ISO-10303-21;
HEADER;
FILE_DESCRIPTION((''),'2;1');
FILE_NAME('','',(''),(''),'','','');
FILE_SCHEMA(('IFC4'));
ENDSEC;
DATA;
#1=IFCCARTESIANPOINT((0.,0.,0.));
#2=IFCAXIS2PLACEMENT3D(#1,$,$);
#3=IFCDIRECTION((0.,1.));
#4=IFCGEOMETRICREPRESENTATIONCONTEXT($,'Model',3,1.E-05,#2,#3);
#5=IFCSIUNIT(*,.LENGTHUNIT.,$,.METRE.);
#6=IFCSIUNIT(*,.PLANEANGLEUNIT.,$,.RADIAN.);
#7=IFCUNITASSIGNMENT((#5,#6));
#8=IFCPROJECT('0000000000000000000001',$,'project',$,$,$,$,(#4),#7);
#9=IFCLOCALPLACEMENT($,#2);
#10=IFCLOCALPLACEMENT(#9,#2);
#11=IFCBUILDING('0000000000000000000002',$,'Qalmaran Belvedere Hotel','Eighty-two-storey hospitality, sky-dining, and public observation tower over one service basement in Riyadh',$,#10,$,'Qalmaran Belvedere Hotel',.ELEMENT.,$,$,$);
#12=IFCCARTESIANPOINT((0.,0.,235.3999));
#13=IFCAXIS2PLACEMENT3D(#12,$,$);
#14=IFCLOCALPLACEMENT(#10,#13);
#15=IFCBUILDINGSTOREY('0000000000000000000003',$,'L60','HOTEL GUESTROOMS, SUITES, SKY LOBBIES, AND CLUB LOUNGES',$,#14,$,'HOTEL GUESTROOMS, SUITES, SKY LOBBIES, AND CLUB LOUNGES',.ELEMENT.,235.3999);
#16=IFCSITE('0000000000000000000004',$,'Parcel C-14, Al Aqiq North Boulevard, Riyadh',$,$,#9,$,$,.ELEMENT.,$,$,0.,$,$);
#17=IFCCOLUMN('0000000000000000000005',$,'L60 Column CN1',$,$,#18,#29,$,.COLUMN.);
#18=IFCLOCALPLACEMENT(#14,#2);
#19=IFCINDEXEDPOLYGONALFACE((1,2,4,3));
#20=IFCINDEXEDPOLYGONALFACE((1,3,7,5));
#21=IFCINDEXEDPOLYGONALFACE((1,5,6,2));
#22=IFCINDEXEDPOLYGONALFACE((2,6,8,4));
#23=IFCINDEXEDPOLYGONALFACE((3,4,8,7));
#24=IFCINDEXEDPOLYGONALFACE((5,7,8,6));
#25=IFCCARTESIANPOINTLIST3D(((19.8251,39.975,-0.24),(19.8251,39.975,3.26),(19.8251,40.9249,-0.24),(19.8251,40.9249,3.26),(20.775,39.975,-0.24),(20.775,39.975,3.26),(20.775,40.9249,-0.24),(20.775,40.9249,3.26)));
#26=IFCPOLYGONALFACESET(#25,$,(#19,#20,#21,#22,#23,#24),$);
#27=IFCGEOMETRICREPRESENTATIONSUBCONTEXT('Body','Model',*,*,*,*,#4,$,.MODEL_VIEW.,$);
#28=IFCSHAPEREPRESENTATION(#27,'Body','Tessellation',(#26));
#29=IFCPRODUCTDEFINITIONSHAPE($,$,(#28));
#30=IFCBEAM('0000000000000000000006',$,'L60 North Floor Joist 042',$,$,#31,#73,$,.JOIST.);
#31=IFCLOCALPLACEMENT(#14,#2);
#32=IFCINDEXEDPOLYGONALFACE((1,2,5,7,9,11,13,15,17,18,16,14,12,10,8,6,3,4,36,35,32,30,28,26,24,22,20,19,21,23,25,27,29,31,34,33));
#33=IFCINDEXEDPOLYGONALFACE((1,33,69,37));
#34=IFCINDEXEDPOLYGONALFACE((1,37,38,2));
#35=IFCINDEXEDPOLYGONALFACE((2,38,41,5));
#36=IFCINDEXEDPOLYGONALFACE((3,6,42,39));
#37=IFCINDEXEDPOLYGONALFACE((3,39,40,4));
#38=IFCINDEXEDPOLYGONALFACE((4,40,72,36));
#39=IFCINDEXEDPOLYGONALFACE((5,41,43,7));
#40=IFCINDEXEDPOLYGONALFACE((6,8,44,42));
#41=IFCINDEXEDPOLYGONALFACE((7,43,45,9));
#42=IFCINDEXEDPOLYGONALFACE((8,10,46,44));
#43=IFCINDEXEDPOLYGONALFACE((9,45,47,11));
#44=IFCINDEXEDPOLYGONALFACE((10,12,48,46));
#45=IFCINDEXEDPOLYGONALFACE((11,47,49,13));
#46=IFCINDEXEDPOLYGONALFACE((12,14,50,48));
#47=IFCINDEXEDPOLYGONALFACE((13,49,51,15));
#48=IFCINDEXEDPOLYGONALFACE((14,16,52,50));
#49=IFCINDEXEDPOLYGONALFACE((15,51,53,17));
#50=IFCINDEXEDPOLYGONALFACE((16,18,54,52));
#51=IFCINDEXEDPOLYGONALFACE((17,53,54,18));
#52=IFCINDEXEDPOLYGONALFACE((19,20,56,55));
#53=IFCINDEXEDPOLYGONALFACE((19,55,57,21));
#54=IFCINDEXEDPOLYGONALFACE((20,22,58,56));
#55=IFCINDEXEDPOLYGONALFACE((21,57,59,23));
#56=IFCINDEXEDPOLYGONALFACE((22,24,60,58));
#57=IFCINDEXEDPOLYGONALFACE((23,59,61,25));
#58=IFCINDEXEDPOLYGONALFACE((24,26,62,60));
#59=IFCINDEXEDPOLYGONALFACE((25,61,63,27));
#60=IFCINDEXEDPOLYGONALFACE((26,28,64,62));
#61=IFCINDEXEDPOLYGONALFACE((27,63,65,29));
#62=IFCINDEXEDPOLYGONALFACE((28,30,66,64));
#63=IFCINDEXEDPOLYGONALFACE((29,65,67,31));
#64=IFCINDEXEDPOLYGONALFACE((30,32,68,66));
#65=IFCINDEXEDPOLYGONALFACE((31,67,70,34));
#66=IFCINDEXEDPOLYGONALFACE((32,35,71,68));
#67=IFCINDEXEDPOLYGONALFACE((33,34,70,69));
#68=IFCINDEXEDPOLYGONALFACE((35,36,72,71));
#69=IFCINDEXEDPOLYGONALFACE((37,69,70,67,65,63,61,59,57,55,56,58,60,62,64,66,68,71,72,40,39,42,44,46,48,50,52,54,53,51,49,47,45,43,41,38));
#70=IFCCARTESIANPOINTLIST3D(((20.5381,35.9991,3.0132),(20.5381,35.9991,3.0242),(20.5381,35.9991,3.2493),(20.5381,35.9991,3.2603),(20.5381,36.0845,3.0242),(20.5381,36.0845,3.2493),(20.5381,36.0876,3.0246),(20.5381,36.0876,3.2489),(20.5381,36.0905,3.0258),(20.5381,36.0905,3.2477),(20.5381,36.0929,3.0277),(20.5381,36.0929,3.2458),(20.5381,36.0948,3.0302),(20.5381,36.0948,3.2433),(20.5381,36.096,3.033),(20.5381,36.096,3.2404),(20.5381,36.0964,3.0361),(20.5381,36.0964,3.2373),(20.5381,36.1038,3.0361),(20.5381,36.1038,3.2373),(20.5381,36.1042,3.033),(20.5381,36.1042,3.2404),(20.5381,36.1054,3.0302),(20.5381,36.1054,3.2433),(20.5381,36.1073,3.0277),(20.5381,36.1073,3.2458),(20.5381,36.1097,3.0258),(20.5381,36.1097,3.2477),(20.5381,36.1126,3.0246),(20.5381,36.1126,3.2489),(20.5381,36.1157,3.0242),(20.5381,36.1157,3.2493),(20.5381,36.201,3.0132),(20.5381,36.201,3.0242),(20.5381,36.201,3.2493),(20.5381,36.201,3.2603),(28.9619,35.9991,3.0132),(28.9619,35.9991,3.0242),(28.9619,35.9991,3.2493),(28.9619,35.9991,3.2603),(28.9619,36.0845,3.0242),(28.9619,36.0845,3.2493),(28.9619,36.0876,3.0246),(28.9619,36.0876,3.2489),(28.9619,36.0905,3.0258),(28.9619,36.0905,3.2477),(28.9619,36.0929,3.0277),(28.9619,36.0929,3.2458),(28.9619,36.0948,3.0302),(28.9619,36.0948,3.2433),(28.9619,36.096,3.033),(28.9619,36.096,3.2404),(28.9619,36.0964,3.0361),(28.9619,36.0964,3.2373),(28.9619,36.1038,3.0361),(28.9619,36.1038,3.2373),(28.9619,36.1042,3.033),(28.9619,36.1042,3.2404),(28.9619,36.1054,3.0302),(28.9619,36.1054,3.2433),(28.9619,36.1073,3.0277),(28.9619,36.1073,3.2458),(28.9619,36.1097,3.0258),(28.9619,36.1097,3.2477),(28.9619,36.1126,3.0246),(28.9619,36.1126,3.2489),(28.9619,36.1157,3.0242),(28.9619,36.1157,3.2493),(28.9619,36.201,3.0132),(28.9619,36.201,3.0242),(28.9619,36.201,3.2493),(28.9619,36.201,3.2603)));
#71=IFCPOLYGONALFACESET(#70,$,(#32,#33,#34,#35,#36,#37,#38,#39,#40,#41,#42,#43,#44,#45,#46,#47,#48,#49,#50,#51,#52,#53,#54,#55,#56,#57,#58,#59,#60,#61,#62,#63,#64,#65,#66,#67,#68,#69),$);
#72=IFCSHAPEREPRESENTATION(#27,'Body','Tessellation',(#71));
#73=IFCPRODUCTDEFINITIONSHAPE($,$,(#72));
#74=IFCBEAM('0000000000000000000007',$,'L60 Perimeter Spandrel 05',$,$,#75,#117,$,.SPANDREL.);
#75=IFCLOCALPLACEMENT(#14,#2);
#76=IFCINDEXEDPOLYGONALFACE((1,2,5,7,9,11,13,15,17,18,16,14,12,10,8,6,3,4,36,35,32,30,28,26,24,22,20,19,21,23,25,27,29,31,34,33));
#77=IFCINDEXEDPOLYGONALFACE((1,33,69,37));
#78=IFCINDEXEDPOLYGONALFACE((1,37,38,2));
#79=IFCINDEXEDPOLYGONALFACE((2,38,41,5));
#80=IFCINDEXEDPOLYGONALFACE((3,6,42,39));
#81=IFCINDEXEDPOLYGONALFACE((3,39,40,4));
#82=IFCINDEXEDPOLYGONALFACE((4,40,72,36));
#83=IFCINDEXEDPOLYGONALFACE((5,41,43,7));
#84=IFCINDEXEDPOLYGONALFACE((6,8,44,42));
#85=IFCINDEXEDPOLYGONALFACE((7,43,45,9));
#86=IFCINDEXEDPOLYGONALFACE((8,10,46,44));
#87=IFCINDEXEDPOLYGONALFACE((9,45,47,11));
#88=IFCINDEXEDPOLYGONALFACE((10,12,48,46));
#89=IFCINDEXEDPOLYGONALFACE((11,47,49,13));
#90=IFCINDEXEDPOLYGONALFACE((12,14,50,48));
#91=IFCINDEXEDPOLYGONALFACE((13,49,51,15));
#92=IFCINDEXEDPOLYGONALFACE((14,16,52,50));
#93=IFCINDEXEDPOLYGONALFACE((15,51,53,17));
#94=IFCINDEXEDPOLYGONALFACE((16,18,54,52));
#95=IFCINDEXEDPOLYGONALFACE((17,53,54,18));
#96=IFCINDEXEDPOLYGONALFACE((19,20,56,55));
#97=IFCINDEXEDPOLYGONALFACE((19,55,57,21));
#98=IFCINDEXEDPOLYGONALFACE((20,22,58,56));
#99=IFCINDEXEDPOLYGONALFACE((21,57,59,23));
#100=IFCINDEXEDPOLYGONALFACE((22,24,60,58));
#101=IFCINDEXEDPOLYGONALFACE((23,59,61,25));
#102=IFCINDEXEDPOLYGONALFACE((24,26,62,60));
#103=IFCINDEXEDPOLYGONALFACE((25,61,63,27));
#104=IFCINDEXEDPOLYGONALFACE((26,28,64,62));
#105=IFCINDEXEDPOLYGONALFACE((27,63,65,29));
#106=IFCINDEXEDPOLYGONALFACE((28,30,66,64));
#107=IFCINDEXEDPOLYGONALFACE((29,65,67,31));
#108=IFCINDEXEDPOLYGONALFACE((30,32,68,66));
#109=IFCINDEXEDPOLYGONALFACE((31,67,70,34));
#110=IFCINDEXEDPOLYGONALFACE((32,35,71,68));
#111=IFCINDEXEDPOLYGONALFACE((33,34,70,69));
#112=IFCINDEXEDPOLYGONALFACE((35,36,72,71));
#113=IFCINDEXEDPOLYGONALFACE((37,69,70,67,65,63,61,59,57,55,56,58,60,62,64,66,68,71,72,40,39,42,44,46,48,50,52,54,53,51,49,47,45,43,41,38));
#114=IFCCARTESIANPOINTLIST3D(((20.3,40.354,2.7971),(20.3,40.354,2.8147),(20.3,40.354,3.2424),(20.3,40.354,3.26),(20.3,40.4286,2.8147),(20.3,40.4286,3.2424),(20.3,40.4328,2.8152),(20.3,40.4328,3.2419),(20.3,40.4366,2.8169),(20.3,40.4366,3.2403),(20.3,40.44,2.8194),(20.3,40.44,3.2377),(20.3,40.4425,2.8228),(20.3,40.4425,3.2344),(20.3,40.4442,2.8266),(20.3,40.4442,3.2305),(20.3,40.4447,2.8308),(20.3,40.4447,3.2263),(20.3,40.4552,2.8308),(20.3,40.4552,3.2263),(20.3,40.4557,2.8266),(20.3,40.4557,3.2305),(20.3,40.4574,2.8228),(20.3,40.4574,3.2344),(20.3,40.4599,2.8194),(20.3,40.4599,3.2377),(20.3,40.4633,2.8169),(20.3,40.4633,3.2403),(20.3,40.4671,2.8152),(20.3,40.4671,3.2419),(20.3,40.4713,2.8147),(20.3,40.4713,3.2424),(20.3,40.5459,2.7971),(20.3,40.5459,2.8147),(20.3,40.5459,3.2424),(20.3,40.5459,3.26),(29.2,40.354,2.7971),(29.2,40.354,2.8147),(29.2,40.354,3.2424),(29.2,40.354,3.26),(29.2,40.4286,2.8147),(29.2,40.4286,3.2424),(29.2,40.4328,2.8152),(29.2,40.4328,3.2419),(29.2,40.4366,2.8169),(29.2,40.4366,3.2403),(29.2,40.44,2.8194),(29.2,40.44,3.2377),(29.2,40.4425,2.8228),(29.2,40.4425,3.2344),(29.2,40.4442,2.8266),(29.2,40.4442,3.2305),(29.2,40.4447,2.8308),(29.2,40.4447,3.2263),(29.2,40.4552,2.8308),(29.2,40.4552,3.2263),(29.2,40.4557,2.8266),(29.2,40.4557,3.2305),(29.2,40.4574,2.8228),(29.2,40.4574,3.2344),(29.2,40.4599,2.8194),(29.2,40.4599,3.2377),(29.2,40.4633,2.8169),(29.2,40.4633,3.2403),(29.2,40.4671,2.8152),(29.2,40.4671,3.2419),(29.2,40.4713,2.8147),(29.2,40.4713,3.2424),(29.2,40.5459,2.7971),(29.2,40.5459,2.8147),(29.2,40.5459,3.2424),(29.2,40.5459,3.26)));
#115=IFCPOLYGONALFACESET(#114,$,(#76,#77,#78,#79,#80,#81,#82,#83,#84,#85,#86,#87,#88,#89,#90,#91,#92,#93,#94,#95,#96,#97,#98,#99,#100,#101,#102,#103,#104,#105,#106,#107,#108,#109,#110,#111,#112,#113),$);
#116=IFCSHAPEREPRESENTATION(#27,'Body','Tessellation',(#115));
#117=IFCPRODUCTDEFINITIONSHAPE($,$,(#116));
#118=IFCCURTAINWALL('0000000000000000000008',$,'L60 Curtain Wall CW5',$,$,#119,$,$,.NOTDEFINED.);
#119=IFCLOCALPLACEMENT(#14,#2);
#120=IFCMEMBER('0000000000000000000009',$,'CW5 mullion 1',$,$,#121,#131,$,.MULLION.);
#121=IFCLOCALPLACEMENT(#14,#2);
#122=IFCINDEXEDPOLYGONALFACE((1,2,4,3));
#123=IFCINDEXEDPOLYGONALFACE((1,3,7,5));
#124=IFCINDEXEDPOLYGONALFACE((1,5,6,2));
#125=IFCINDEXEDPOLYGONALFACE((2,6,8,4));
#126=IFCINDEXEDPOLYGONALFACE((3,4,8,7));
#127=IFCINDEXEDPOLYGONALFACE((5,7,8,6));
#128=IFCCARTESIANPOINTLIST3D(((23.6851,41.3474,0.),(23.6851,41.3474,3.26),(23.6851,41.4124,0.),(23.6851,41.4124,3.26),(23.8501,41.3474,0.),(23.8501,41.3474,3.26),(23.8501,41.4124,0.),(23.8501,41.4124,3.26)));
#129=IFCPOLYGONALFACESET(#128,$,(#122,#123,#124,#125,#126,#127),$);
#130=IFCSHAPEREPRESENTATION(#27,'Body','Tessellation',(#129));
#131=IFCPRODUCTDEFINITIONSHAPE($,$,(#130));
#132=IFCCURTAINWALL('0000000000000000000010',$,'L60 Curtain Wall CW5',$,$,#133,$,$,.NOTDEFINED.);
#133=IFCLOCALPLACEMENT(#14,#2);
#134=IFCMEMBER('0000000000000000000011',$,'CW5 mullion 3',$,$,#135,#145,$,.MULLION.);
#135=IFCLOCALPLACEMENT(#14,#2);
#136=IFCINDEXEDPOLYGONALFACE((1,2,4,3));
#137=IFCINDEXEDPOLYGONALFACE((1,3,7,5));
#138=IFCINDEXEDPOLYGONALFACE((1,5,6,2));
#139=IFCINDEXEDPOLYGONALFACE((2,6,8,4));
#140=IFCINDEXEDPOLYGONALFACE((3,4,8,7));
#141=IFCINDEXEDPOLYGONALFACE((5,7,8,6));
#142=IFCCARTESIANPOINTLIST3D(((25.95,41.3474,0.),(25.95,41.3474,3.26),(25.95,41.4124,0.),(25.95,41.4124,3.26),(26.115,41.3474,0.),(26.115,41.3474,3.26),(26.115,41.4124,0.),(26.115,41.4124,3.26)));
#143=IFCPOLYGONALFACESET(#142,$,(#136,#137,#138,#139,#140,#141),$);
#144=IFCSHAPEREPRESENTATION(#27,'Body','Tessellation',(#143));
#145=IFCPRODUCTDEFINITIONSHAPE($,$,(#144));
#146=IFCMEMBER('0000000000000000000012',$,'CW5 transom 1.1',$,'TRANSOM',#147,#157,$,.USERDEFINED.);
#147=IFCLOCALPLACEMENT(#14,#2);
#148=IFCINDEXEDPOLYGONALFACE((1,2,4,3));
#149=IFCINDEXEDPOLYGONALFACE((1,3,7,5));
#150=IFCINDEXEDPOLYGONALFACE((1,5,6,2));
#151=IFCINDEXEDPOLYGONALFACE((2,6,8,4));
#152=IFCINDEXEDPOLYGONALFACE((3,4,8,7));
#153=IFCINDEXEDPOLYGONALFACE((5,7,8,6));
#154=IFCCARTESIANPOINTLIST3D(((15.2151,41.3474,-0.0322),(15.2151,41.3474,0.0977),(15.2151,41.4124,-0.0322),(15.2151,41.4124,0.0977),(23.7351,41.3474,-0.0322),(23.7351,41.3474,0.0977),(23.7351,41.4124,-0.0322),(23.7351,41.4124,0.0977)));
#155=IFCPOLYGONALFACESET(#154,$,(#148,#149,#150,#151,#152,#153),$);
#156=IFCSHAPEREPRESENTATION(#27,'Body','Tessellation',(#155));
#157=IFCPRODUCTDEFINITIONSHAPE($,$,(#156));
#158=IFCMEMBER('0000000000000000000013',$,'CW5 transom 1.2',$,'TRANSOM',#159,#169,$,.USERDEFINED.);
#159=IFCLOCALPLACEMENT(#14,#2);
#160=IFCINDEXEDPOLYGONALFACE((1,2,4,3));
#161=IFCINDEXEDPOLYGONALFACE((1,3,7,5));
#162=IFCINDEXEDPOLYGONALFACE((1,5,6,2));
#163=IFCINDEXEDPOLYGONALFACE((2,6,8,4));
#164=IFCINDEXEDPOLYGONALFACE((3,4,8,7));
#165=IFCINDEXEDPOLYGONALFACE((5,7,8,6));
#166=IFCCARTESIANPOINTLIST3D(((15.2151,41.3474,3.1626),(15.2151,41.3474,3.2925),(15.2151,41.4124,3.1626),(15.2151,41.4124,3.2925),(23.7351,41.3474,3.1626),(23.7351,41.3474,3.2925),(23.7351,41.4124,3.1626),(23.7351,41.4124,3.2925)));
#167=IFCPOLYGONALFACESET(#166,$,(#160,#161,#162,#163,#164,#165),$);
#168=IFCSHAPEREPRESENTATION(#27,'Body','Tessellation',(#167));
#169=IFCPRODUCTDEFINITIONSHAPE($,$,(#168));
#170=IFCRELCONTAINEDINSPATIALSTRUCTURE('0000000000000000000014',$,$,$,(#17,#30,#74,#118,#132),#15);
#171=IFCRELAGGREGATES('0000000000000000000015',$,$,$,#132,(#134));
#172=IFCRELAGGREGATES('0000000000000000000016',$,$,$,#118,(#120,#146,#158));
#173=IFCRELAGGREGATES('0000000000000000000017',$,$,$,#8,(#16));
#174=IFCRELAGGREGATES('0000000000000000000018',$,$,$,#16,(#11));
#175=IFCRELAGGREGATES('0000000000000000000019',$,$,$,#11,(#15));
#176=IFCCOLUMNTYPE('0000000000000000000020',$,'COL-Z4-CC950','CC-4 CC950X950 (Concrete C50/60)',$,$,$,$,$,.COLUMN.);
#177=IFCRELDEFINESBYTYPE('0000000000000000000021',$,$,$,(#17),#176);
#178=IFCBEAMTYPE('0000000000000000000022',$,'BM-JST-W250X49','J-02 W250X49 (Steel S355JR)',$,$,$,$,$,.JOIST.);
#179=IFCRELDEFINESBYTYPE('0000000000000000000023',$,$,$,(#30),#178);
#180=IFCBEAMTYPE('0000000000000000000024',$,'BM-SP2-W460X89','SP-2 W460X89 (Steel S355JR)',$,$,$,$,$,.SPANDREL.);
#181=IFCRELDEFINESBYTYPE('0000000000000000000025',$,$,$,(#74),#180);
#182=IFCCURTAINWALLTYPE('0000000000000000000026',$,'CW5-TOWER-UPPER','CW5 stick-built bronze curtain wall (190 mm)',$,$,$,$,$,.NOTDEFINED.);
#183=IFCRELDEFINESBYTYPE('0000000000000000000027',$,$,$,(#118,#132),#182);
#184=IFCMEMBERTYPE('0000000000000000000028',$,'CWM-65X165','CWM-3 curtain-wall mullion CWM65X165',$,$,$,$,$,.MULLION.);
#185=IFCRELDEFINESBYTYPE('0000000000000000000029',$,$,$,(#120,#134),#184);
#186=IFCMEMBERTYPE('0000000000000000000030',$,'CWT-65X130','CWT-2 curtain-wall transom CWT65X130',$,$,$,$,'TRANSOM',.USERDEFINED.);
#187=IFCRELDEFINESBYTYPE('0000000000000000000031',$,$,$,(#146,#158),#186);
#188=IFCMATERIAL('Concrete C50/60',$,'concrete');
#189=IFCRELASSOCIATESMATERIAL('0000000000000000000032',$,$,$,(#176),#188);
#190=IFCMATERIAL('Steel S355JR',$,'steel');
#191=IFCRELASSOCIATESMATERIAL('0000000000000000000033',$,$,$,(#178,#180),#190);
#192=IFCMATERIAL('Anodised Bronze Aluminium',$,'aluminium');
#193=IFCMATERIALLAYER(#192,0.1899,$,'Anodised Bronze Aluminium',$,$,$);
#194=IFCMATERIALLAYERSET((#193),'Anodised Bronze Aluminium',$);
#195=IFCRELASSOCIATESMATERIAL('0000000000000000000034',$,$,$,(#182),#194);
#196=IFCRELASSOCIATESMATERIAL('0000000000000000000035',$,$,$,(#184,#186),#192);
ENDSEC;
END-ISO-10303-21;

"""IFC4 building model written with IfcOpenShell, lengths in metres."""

from ifc_helpers import new_model, si_unit, direction, frame, origin, origin_2d, place, context, subcontext, project, spatial, rectangle, i_section, extrude, material, layer, layer_set, material_profile, profile_set, type_object, element, aggregate, save


model = new_model("IFC4")

# Units and contexts
model_context = context("Model", 3, precision=1e-05, world=origin(), true_north=direction((0.0, 1.0)))
body_context = subcontext(model_context, "Body", "Model", "MODEL_VIEW")
ifc_project = project(units=[si_unit("LENGTHUNIT", "METRE"), si_unit("PLANEANGLEUNIT", "RADIAN")], contexts=[model_context])

# Site, building, storey
site_placement = place(None, origin())
site = spatial("IfcSite", under=ifc_project, at=site_placement, Name="Parcel C-14, Al Aqiq North Boulevard, Riyadh", CompositionType="ELEMENT", RefElevation=0.0)
building_placement = place(site_placement, origin())
building = spatial("IfcBuilding", under=site, at=building_placement, Name="Qalmaran Belvedere Hotel", Description="Eighty-two-storey hospitality, sky-dining, and public observation tower over one service basement in Riyadh", LongName="Qalmaran Belvedere Hotel", CompositionType="ELEMENT")
storey_placement = place(building_placement, frame((0.0, 0.0, 235.3999)))
storey = spatial("IfcBuildingStorey", under=building, at=storey_placement, Name="L60", Description="HOTEL GUESTROOMS, SUITES, SKY LOBBIES, AND CLUB LOUNGES", LongName="HOTEL GUESTROOMS, SUITES, SKY LOBBIES, AND CLUB LOUNGES", CompositionType="ELEMENT", Elevation=235.3999)

# Column
ifc_material_1 = material(Name="Concrete C50/60", Category="concrete")
ifc_material_profile_1 = material_profile(ifc_material_1, rectangle(XDim=0.95, YDim=0.95, at=origin_2d()), Name="CC950X950")
ifc_profile_set_1 = profile_set([ifc_material_profile_1], Name="Concrete C50/60")
column_type = type_object("IfcColumnType", Name="COL-Z4-CC950", Description="CC-4 CC950X950 (Concrete C50/60)", PredefinedType="COLUMN", material=ifc_profile_set_1)
column_placement = place(storey_placement, frame((20.3, 40.45, -0.24), z_axis=(0.0, 0.0, 1.0), x_axis=(1.0, 0.0, 0.0)))
element("IfcColumn", 1, at=column_placement, inside=storey, type_object=column_type, Name="L60 Column CN1", PredefinedType="COLUMN", context=body_context, shape_type="SweptSolid", body=[
    extrude(rectangle(XDim=0.95, YDim=0.95, at=origin_2d()), origin(), (0.0, 0.0, 1.0), 3.5),
])

# Beams
ifc_material_2 = material(Name="Steel S355JR", Category="steel")
ifc_material_profile_2 = material_profile(ifc_material_2, i_section(OverallWidth=0.2019, OverallDepth=0.2471, WebThickness=0.0073, FlangeThickness=0.011, FilletRadius=0.012, at=origin_2d()), Name="W250X49")
ifc_profile_set_2 = profile_set([ifc_material_profile_2], Name="Steel S355JR")
beam_type_1 = type_object("IfcBeamType", Name="BM-JST-W250X49", Description="J-02 W250X49 (Steel S355JR)", PredefinedType="JOIST", material=ifc_profile_set_2)
beam_1_placement = place(storey_placement, frame((20.5381, 36.1001, 3.1367), z_axis=(1.0, 0.0, 0.0), x_axis=(0.0, 1.0, 0.0)))
element("IfcBeam", 2, at=beam_1_placement, inside=storey, type_object=beam_type_1, Name="L60 North Floor Joist 042", PredefinedType="JOIST", context=body_context, shape_type="SweptSolid", body=[
    extrude(i_section(OverallWidth=0.2019, OverallDepth=0.2471, WebThickness=0.0073, FlangeThickness=0.011, FilletRadius=0.012, at=origin_2d()), origin(), (0.0, 0.0, 1.0), 8.4238),
])
ifc_material_profile_3 = material_profile(ifc_material_2, i_section(OverallWidth=0.1919, OverallDepth=0.4629, WebThickness=0.0105, FlangeThickness=0.0176, FilletRadius=0.0161, at=origin_2d()), Name="W460X89")
ifc_profile_set_3 = profile_set([ifc_material_profile_3], Name="Steel S355JR")
beam_type_2 = type_object("IfcBeamType", Name="BM-SP2-W460X89", Description="SP-2 W460X89 (Steel S355JR)", PredefinedType="SPANDREL", material=ifc_profile_set_3)
beam_2_placement = place(storey_placement, frame((20.3, 40.45, 3.0286), z_axis=(1.0, 0.0, 0.0), x_axis=(0.0, 1.0, 0.0)))
element("IfcBeam", 3, at=beam_2_placement, inside=storey, type_object=beam_type_2, Name="L60 Perimeter Spandrel 05", PredefinedType="SPANDREL", context=body_context, shape_type="SweptSolid", body=[
    extrude(i_section(OverallWidth=0.1919, OverallDepth=0.4629, WebThickness=0.0105, FlangeThickness=0.0176, FilletRadius=0.0161, at=origin_2d()), origin(), (0.0, 0.0, 1.0), 8.8999),
])

# Curtain walls, members
ifc_material_3 = material(Name="Anodised Bronze Aluminium", Category="aluminium")
ifc_layer_1 = layer(ifc_material_3, 0.1899, Name="Anodised Bronze Aluminium")
ifc_layer_set_1 = layer_set([ifc_layer_1], Name="Anodised Bronze Aluminium")
curtain_wall_type = type_object("IfcCurtainWallType", Name="CW5-TOWER-UPPER", Description="CW5 stick-built bronze curtain wall (190 mm)", PredefinedType="NOTDEFINED", material=ifc_layer_set_1)
curtain_wall_1_placement = place(storey_placement, origin())
curtain_wall_1 = element("IfcCurtainWall", 4, at=curtain_wall_1_placement, inside=storey, type_object=curtain_wall_type, Name="L60 Curtain Wall CW5", PredefinedType="NOTDEFINED")
ifc_material_profile_4 = material_profile(ifc_material_3, rectangle(XDim=0.0649, YDim=0.165, at=origin_2d()), Name="CWM65X165")
ifc_profile_set_4 = profile_set([ifc_material_profile_4], Name="Anodised Bronze Aluminium")
member_type_1 = type_object("IfcMemberType", Name="CWM-65X165", Description="CWM-3 curtain-wall mullion CWM65X165", PredefinedType="MULLION", material=ifc_profile_set_4)
member_1_placement = place(storey_placement, frame((23.7676, 41.3799, 0.0), z_axis=(0.0, 0.0, 1.0), x_axis=(0.0, -1.0, 0.0)))
member_1 = element("IfcMember", 5, at=member_1_placement, type_object=member_type_1, Name="CW5 mullion 1", PredefinedType="MULLION", context=body_context, shape_type="SweptSolid", body=[
    extrude(rectangle(XDim=0.0649, YDim=0.165, at=origin_2d()), origin(), (0.0, 0.0, 1.0), 3.26),
])
curtain_wall_2_placement = place(storey_placement, origin())
curtain_wall_2 = element("IfcCurtainWall", 6, at=curtain_wall_2_placement, inside=storey, type_object=curtain_wall_type, Name="L60 Curtain Wall CW5", PredefinedType="NOTDEFINED")
member_2_placement = place(storey_placement, frame((26.0325, 41.3799, 0.0), z_axis=(0.0, 0.0, 1.0), x_axis=(0.0, -1.0, 0.0)))
member_2 = element("IfcMember", 7, at=member_2_placement, type_object=member_type_1, Name="CW5 mullion 3", PredefinedType="MULLION", context=body_context, shape_type="SweptSolid", body=[
    extrude(rectangle(XDim=0.0649, YDim=0.165, at=origin_2d()), origin(), (0.0, 0.0, 1.0), 3.26),
])
aggregate(curtain_wall_2, [member_2])

# Members
ifc_material_profile_5 = material_profile(ifc_material_3, rectangle(XDim=0.0649, YDim=0.1299, at=origin_2d()), Name="CWT65X130")
ifc_profile_set_5 = profile_set([ifc_material_profile_5], Name="Anodised Bronze Aluminium")
member_type_2 = type_object("IfcMemberType", Name="CWT-65X130", Description="CWT-2 curtain-wall transom CWT65X130", ElementType="TRANSOM", PredefinedType="USERDEFINED", material=ifc_profile_set_5)
member_3_placement = place(storey_placement, frame((23.7351, 41.3799, 0.0327), z_axis=(-1.0, 0.0, 0.0), x_axis=(0.0, -1.0, 0.0)))
member_3 = element("IfcMember", 8, at=member_3_placement, type_object=member_type_2, Name="CW5 transom 1.1", ObjectType="TRANSOM", PredefinedType="USERDEFINED", context=body_context, shape_type="SweptSolid", body=[
    extrude(rectangle(XDim=0.0649, YDim=0.1299, at=origin_2d()), origin(), (0.0, 0.0, 1.0), 8.52),
])
member_4_placement = place(storey_placement, frame((23.7351, 41.3799, 3.2275), z_axis=(-1.0, 0.0, 0.0), x_axis=(0.0, -1.0, 0.0)))
member_4 = element("IfcMember", 9, at=member_4_placement, type_object=member_type_2, Name="CW5 transom 1.2", ObjectType="TRANSOM", PredefinedType="USERDEFINED", context=body_context, shape_type="SweptSolid", body=[
    extrude(rectangle(XDim=0.0649, YDim=0.1299, at=origin_2d()), origin(), (0.0, 0.0, 1.0), 8.52),
])
aggregate(curtain_wall_1, [member_1, member_3, member_4])

save(model, "model.ifc")
